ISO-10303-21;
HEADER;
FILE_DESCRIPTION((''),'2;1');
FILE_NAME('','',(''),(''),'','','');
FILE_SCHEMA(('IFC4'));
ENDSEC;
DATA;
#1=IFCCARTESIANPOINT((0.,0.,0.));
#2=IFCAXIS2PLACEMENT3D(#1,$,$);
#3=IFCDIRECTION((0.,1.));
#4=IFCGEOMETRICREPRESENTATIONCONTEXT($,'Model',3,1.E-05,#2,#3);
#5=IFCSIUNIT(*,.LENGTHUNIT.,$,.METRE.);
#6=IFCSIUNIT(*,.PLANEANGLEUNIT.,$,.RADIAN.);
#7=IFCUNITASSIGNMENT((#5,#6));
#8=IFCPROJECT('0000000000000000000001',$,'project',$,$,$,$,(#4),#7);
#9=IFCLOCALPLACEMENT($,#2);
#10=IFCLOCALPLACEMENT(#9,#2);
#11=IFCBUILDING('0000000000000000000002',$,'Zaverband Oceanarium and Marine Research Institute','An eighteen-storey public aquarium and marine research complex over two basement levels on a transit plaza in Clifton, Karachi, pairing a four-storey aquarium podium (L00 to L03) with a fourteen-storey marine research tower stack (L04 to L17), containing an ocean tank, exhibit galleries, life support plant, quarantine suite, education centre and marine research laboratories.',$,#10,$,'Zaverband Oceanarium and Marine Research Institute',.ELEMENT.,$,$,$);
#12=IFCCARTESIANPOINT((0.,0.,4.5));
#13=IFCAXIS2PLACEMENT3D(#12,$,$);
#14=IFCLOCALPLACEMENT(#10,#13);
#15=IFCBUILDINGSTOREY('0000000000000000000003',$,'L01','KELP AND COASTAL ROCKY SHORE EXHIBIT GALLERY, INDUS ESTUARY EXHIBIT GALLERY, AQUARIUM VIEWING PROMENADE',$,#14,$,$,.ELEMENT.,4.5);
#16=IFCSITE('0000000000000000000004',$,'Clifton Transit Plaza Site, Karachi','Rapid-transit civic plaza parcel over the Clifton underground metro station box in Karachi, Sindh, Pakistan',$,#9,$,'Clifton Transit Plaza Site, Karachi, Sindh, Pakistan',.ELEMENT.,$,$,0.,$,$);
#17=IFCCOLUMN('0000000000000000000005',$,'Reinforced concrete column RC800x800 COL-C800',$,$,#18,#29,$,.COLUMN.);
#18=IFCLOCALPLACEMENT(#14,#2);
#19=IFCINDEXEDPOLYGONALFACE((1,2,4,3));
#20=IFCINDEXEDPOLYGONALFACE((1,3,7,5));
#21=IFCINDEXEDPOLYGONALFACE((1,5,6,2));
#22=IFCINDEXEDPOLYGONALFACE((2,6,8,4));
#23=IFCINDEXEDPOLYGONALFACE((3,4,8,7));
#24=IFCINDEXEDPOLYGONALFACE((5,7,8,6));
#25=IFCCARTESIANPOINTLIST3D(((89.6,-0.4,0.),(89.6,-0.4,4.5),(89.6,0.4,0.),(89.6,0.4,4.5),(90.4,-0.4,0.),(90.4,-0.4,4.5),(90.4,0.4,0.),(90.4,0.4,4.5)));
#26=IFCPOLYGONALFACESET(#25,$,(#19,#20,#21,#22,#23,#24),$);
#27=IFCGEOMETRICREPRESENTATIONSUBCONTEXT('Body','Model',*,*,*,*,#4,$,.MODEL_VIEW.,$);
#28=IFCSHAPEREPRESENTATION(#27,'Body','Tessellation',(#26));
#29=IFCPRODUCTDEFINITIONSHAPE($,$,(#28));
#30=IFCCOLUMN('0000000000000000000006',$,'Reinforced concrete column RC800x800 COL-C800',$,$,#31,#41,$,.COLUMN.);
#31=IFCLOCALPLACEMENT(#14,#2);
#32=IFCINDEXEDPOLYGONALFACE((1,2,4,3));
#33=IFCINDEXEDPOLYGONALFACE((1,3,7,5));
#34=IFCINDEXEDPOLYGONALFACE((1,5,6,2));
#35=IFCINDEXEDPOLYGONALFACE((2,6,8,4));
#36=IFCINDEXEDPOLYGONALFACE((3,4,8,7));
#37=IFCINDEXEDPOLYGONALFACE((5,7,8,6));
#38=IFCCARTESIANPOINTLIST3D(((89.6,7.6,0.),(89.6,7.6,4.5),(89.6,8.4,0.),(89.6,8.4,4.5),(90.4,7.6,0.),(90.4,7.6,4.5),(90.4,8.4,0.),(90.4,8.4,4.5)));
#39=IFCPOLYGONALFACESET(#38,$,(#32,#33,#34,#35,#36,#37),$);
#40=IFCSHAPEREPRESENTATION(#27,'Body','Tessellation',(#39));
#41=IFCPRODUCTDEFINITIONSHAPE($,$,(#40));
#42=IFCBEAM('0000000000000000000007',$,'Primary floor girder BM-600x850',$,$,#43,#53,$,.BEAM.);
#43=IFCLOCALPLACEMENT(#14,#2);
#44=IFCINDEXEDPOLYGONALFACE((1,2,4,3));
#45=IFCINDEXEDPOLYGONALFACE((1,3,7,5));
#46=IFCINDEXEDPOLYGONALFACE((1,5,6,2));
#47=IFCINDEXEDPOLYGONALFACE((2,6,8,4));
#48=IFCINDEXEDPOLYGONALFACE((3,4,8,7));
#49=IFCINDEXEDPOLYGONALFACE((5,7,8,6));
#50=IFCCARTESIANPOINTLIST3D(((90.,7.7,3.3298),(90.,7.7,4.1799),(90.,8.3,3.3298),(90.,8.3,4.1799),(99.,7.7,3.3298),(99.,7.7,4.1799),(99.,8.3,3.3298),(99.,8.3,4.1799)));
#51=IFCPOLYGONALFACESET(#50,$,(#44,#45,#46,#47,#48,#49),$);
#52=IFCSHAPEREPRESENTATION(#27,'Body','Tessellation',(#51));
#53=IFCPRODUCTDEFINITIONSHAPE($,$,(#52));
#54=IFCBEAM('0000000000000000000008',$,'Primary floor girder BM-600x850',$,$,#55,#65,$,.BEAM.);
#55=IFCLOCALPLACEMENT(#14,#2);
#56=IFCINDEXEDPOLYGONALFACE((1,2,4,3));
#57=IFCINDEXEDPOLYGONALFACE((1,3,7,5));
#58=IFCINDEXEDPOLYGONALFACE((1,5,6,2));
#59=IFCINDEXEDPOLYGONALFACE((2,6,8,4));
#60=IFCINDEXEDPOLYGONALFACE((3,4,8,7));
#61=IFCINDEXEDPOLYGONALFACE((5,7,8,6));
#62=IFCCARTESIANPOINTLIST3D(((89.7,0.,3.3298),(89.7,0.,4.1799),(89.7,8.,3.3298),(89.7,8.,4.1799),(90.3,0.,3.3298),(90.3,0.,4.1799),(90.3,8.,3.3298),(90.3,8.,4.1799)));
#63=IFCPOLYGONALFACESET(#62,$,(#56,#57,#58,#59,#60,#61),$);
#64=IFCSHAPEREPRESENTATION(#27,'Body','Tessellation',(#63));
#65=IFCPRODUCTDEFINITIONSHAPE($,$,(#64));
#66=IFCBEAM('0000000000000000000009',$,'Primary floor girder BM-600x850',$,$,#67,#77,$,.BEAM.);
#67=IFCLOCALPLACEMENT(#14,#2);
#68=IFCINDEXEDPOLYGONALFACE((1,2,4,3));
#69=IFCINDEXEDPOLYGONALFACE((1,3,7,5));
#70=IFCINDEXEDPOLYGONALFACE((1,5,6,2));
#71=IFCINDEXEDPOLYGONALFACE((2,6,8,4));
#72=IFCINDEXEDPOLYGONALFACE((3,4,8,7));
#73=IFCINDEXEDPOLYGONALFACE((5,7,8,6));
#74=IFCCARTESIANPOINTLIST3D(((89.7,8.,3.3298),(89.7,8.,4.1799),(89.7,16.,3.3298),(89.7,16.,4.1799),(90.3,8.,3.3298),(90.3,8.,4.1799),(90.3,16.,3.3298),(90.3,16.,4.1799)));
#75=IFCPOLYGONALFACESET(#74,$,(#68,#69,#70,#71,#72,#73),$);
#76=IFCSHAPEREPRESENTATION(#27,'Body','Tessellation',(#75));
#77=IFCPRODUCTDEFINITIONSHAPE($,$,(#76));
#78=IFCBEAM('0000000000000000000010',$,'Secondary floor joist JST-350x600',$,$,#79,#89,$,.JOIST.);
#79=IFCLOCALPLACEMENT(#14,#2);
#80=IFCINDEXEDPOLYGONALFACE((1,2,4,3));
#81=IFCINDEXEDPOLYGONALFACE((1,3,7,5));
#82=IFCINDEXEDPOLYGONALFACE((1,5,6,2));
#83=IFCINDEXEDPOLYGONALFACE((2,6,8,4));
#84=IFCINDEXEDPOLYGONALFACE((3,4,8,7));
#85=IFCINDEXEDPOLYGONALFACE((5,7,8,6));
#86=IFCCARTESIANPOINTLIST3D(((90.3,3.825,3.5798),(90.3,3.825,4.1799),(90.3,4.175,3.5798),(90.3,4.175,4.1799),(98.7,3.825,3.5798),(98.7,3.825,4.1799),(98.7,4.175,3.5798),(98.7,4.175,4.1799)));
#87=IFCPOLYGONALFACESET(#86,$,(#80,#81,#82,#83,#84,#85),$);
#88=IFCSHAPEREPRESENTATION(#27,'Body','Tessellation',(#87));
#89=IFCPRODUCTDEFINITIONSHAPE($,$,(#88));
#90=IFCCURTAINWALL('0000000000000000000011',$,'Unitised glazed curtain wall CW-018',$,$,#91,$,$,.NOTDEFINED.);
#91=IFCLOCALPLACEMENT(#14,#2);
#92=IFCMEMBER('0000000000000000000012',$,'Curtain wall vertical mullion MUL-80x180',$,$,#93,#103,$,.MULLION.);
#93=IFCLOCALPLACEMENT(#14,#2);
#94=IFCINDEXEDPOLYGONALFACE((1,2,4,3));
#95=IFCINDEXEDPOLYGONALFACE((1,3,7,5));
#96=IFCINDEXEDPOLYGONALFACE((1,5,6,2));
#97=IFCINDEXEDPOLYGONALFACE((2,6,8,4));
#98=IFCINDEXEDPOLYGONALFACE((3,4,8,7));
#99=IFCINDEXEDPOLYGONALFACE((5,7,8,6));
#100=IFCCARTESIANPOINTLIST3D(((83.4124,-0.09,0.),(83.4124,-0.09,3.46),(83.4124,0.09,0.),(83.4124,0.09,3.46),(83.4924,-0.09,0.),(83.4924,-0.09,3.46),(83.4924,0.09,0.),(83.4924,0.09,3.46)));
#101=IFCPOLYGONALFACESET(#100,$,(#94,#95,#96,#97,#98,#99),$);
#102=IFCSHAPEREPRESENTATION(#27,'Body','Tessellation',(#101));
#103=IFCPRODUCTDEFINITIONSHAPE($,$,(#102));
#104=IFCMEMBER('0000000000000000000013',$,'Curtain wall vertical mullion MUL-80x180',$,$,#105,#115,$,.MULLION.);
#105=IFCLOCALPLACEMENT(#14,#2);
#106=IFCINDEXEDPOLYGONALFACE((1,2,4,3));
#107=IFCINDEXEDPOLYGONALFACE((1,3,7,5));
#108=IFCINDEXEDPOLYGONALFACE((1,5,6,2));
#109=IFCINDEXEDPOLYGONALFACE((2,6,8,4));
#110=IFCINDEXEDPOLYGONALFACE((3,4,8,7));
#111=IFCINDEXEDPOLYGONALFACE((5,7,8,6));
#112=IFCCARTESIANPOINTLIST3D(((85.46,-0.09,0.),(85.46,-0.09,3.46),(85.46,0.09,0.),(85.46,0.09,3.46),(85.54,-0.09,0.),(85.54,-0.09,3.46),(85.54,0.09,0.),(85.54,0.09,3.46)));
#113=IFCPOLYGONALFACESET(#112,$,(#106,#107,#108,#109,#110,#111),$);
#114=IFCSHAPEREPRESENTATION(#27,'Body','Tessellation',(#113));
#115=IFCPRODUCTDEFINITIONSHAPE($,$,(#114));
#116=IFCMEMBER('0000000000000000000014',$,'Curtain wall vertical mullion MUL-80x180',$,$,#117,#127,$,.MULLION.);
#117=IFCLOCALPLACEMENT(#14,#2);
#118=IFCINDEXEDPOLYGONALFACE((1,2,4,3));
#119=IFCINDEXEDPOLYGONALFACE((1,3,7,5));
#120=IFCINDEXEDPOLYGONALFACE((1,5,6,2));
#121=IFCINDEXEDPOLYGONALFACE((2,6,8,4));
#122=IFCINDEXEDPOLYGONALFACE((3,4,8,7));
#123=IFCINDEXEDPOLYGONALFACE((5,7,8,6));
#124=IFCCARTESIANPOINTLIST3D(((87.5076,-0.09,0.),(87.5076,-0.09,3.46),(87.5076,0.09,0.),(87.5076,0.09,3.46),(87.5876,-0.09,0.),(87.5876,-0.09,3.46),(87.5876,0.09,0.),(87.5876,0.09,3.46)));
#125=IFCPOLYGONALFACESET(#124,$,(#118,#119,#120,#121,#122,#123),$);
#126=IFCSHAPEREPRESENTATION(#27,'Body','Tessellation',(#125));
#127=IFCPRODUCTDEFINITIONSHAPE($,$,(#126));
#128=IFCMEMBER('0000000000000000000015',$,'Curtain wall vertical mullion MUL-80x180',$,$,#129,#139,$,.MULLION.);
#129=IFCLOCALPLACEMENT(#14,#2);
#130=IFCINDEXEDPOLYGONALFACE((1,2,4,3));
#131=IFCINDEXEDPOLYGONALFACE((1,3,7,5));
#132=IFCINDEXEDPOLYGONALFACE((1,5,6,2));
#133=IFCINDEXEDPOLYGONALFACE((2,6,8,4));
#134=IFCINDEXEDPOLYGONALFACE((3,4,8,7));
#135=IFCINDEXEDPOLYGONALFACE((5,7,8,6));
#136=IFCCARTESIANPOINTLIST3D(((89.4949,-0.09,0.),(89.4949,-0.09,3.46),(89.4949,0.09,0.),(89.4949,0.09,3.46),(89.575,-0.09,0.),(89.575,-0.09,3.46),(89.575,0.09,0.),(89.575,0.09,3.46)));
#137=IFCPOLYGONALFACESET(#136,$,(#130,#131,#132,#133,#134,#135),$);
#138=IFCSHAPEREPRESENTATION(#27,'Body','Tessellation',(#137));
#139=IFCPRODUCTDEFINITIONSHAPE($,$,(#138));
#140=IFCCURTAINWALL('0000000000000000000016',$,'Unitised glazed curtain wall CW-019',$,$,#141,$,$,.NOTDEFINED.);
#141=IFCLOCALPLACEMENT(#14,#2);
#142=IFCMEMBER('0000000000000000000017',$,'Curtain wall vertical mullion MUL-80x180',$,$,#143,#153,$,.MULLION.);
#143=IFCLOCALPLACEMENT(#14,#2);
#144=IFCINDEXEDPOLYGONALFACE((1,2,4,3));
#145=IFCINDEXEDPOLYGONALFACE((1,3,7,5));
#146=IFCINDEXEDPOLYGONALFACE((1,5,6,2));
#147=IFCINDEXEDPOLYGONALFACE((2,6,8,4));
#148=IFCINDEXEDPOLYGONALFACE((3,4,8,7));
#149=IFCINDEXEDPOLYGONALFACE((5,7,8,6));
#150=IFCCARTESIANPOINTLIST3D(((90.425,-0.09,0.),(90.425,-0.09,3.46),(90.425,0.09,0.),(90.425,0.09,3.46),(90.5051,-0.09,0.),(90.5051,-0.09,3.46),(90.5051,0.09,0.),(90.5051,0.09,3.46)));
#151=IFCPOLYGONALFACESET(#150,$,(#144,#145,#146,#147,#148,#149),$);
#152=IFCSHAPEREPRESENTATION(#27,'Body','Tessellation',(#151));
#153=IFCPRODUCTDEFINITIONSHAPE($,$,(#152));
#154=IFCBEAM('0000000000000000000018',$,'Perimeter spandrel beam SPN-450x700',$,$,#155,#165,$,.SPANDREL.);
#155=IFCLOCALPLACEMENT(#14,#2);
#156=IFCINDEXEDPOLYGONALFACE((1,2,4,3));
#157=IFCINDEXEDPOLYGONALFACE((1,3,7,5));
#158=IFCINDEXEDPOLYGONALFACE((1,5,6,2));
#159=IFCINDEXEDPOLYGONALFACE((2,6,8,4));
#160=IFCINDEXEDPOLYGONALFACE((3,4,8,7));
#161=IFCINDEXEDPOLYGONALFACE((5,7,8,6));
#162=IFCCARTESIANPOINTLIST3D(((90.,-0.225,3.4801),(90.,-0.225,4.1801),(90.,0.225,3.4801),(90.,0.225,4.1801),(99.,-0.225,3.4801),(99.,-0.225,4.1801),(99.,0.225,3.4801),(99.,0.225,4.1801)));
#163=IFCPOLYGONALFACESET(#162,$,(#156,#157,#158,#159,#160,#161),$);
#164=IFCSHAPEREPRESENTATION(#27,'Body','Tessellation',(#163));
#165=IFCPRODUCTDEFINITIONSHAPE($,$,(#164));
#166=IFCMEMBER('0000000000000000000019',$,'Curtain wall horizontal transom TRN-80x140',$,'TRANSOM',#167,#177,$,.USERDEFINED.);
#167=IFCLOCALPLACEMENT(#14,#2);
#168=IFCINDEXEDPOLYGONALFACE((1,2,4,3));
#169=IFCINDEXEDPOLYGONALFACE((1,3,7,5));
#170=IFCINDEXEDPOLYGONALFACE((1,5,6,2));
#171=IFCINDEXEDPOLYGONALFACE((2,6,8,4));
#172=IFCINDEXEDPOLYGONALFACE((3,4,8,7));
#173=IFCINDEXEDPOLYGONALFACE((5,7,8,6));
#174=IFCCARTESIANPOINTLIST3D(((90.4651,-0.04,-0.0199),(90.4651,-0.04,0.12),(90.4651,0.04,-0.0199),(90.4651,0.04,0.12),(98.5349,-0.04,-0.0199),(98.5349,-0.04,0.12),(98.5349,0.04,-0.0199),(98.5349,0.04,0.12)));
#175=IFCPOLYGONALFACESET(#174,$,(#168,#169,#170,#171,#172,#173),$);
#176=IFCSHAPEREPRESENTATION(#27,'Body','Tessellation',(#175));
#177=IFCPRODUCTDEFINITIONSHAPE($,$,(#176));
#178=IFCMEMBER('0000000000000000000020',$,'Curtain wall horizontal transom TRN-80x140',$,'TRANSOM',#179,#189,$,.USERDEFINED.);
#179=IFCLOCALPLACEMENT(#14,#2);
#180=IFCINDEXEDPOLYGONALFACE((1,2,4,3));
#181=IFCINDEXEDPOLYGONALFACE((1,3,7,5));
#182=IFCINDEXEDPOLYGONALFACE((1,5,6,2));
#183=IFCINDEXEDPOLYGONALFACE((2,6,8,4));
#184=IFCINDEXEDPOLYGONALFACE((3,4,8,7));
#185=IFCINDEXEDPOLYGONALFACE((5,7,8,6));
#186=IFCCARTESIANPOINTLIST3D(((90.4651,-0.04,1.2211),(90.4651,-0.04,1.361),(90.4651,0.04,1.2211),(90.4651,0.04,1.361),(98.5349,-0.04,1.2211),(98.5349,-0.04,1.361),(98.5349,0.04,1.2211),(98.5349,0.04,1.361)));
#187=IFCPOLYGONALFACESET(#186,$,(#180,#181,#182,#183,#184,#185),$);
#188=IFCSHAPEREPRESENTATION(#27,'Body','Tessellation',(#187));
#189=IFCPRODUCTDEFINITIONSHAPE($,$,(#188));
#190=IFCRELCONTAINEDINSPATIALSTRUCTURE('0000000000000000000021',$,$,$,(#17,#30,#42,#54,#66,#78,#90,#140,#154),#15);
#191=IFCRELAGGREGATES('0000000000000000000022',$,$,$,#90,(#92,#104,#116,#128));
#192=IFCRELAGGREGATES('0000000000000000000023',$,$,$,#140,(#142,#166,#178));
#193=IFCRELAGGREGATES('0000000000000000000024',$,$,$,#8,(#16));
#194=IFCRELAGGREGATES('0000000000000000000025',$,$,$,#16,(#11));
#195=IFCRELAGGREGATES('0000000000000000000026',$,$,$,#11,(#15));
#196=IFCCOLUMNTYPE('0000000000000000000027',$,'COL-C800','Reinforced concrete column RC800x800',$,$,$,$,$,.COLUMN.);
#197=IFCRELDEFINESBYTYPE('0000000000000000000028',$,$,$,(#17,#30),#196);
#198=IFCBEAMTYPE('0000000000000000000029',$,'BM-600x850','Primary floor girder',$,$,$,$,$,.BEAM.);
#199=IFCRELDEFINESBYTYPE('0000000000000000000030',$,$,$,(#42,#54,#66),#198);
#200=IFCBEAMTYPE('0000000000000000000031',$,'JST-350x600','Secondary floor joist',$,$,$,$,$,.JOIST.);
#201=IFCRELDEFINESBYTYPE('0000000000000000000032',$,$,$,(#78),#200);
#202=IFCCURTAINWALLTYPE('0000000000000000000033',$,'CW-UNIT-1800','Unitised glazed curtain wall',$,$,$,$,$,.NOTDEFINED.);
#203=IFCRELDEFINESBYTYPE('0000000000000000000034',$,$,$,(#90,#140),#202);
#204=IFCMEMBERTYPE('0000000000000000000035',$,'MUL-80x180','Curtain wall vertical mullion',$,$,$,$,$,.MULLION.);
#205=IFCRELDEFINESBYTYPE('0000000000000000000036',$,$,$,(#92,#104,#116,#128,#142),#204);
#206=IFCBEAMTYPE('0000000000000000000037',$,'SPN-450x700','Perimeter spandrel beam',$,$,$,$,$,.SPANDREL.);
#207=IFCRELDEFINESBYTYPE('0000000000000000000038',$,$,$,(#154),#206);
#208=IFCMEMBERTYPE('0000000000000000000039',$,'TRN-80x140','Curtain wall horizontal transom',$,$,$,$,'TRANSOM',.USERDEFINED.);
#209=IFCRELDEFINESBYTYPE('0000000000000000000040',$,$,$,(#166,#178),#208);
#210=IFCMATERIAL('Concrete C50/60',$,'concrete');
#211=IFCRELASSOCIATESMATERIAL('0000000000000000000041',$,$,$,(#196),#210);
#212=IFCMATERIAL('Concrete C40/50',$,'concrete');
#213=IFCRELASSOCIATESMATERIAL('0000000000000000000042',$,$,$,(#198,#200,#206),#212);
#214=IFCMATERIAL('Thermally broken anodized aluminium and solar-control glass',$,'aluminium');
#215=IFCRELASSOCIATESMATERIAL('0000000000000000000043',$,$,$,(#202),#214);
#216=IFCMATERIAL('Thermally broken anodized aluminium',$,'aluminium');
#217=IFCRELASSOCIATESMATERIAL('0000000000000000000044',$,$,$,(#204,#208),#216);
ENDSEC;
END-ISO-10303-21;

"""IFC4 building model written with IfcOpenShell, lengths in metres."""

from ifc_helpers import new_model, si_unit, direction, frame, origin, origin_2d, place, context, subcontext, project, spatial, rectangle, extrude, material, material_profile, profile_set, type_object, element, aggregate, save


model = new_model("IFC4")

# Units and contexts
model_context = context("Model", 3, precision=1e-05, world=origin(), true_north=direction((0.0, 1.0)))
body_context = subcontext(model_context, "Body", "Model", "MODEL_VIEW")
ifc_project = project(units=[si_unit("LENGTHUNIT", "METRE"), si_unit("PLANEANGLEUNIT", "RADIAN")], contexts=[model_context])

# Site, building, storey
site_placement = place(None, origin())
site = spatial("IfcSite", under=ifc_project, at=site_placement, Name="Clifton Transit Plaza Site, Karachi", Description="Rapid-transit civic plaza parcel over the Clifton underground metro station box in Karachi, Sindh, Pakistan", LongName="Clifton Transit Plaza Site, Karachi, Sindh, Pakistan", CompositionType="ELEMENT", RefElevation=0.0)
building_placement = place(site_placement, origin())
building = spatial("IfcBuilding", under=site, at=building_placement, Name="Zaverband Oceanarium and Marine Research Institute", Description="An eighteen-storey public aquarium and marine research complex over two basement levels on a transit plaza in Clifton, Karachi, pairing a four-storey aquarium podium (L00 to L03) with a fourteen-storey marine research tower stack (L04 to L17), containing an ocean tank, exhibit galleries, life support plant, quarantine suite, education centre and marine research laboratories.", LongName="Zaverband Oceanarium and Marine Research Institute", CompositionType="ELEMENT")
storey_placement = place(building_placement, frame((0.0, 0.0, 4.5)))
storey = spatial("IfcBuildingStorey", under=building, at=storey_placement, Name="L01", Description="KELP AND COASTAL ROCKY SHORE EXHIBIT GALLERY, INDUS ESTUARY EXHIBIT GALLERY, AQUARIUM VIEWING PROMENADE", CompositionType="ELEMENT", Elevation=4.5)

# Columns
ifc_material_1 = material(Name="Concrete C50/60", Category="concrete")
ifc_material_profile_1 = material_profile(ifc_material_1, rectangle(XDim=0.8, YDim=0.8, at=origin_2d()), Name="RC800x800")
ifc_profile_set_1 = profile_set([ifc_material_profile_1], Name="Concrete C50/60")
column_type = type_object("IfcColumnType", Name="COL-C800", Description="Reinforced concrete column RC800x800", PredefinedType="COLUMN", material=ifc_profile_set_1)
for number, where, z_axis, x_axis, name in (
    (1, (90.0, 0.0, 0.0), (0.0, 0.0, 1.0), (1.0, 0.0, 0.0), "Reinforced concrete column RC800x800 COL-C800"),
    (2, (90.0, 8.0, 0.0), (0.0, 0.0, 1.0), (1.0, 0.0, 0.0), "Reinforced concrete column RC800x800 COL-C800"),
):
    element("IfcColumn", number, at=place(storey_placement, frame(where, z_axis=z_axis, x_axis=x_axis)), inside=storey, type_object=column_type, Name=name, PredefinedType="COLUMN", context=body_context, shape_type="SweptSolid", body=[
        extrude(rectangle(XDim=0.8, YDim=0.8, at=origin_2d()), origin(), (0.0, 0.0, 1.0), 4.5),
    ])

# Beams
ifc_material_2 = material(Name="Concrete C40/50", Category="concrete")
ifc_material_profile_2 = material_profile(ifc_material_2, rectangle(XDim=0.6001, YDim=0.8501, at=origin_2d()), Name="RC600x850")
ifc_profile_set_2 = profile_set([ifc_material_profile_2], Name="Concrete C40/50")
beam_type_1 = type_object("IfcBeamType", Name="BM-600x850", Description="Primary floor girder", PredefinedType="BEAM", material=ifc_profile_set_2)
beam_1_placement = place(storey_placement, frame((90.0, 8.0, 3.7549), z_axis=(1.0, 0.0, 0.0), x_axis=(0.0, 1.0, 0.0)))
element("IfcBeam", 3, at=beam_1_placement, inside=storey, type_object=beam_type_1, Name="Primary floor girder BM-600x850", PredefinedType="BEAM", context=body_context, shape_type="SweptSolid", body=[
    extrude(rectangle(XDim=0.6001, YDim=0.8501, at=origin_2d()), origin(), (0.0, 0.0, 1.0), 9.0),
])
for number, where, z_axis, x_axis, name in (
    (4, (90.0, 0.0, 3.7549), (0.0, 1.0, 0.0), (-1.0, 0.0, 0.0), "Primary floor girder BM-600x850"),
    (5, (90.0, 8.0, 3.7549), (0.0, 1.0, 0.0), (-1.0, 0.0, 0.0), "Primary floor girder BM-600x850"),
):
    element("IfcBeam", number, at=place(storey_placement, frame(where, z_axis=z_axis, x_axis=x_axis)), inside=storey, type_object=beam_type_1, Name=name, PredefinedType="BEAM", context=body_context, shape_type="SweptSolid", body=[
        extrude(rectangle(XDim=0.6001, YDim=0.8501, at=origin_2d()), origin(), (0.0, 0.0, 1.0), 8.0),
    ])
ifc_material_profile_3 = material_profile(ifc_material_2, rectangle(XDim=0.3501, YDim=0.6001, at=origin_2d()), Name="RC350x600")
ifc_profile_set_3 = profile_set([ifc_material_profile_3], Name="Concrete C40/50")
beam_type_2 = type_object("IfcBeamType", Name="JST-350x600", Description="Secondary floor joist", PredefinedType="JOIST", material=ifc_profile_set_3)
beam_2_placement = place(storey_placement, frame((90.3, 4.0, 3.8799), z_axis=(1.0, 0.0, 0.0), x_axis=(0.0, 1.0, 0.0)))
element("IfcBeam", 6, at=beam_2_placement, inside=storey, type_object=beam_type_2, Name="Secondary floor joist JST-350x600", PredefinedType="JOIST", context=body_context, shape_type="SweptSolid", body=[
    extrude(rectangle(XDim=0.3501, YDim=0.6001, at=origin_2d()), origin(), (0.0, 0.0, 1.0), 8.3999),
])

# Curtain wall, members
ifc_material_3 = material(Name="Thermally broken anodized aluminium and solar-control glass", Category="aluminium")
curtain_wall_type = type_object("IfcCurtainWallType", Name="CW-UNIT-1800", Description="Unitised glazed curtain wall", PredefinedType="NOTDEFINED", material=ifc_material_3)
curtain_wall_1_placement = place(storey_placement, origin())
curtain_wall_1 = element("IfcCurtainWall", 7, at=curtain_wall_1_placement, inside=storey, type_object=curtain_wall_type, Name="Unitised glazed curtain wall CW-018", PredefinedType="NOTDEFINED")
ifc_material_4 = material(Name="Thermally broken anodized aluminium", Category="aluminium")
ifc_material_profile_4 = material_profile(ifc_material_4, rectangle(XDim=0.0801, YDim=0.1799, at=origin_2d()), Name="AL-MUL-80x180")
ifc_profile_set_4 = profile_set([ifc_material_profile_4], Name="Thermally broken anodized aluminium")
member_type_1 = type_object("IfcMemberType", Name="MUL-80x180", Description="Curtain wall vertical mullion", PredefinedType="MULLION", material=ifc_profile_set_4)
member_1_placement = place(storey_placement, frame((83.4524, 0.0, 0.0), z_axis=(0.0, 0.0, 1.0), x_axis=(1.0, 0.0, 0.0)))
member_1 = element("IfcMember", 8, at=member_1_placement, type_object=member_type_1, Name="Curtain wall vertical mullion MUL-80x180", PredefinedType="MULLION", context=body_context, shape_type="SweptSolid", body=[
    extrude(rectangle(XDim=0.0801, YDim=0.1799, at=origin_2d()), origin(), (0.0, 0.0, 1.0), 3.46),
])
member_2_placement = place(storey_placement, frame((85.5, 0.0, 0.0), z_axis=(0.0, 0.0, 1.0), x_axis=(1.0, 0.0, 0.0)))
member_2 = element("IfcMember", 9, at=member_2_placement, type_object=member_type_1, Name="Curtain wall vertical mullion MUL-80x180", PredefinedType="MULLION", context=body_context, shape_type="SweptSolid", body=[
    extrude(rectangle(XDim=0.0801, YDim=0.1799, at=origin_2d()), origin(), (0.0, 0.0, 1.0), 3.46),
])
member_3_placement = place(storey_placement, frame((87.5476, 0.0, 0.0), z_axis=(0.0, 0.0, 1.0), x_axis=(1.0, 0.0, 0.0)))
member_3 = element("IfcMember", 10, at=member_3_placement, type_object=member_type_1, Name="Curtain wall vertical mullion MUL-80x180", PredefinedType="MULLION", context=body_context, shape_type="SweptSolid", body=[
    extrude(rectangle(XDim=0.0801, YDim=0.1799, at=origin_2d()), origin(), (0.0, 0.0, 1.0), 3.46),
])
member_4_placement = place(storey_placement, frame((89.5349, 0.0, 0.0), z_axis=(0.0, 0.0, 1.0), x_axis=(1.0, 0.0, 0.0)))
member_4 = element("IfcMember", 11, at=member_4_placement, type_object=member_type_1, Name="Curtain wall vertical mullion MUL-80x180", PredefinedType="MULLION", context=body_context, shape_type="SweptSolid", body=[
    extrude(rectangle(XDim=0.0801, YDim=0.1799, at=origin_2d()), origin(), (0.0, 0.0, 1.0), 3.46),
])

# Curtain wall, member
curtain_wall_2_placement = place(storey_placement, origin())
curtain_wall_2 = element("IfcCurtainWall", 12, at=curtain_wall_2_placement, inside=storey, type_object=curtain_wall_type, Name="Unitised glazed curtain wall CW-019", PredefinedType="NOTDEFINED")
member_5_placement = place(storey_placement, frame((90.4651, 0.0, 0.0), z_axis=(0.0, 0.0, 1.0), x_axis=(1.0, 0.0, 0.0)))
member_5 = element("IfcMember", 13, at=member_5_placement, type_object=member_type_1, Name="Curtain wall vertical mullion MUL-80x180", PredefinedType="MULLION", context=body_context, shape_type="SweptSolid", body=[
    extrude(rectangle(XDim=0.0801, YDim=0.1799, at=origin_2d()), origin(), (0.0, 0.0, 1.0), 3.46),
])

# Beam
ifc_material_profile_5 = material_profile(ifc_material_2, rectangle(XDim=0.45, YDim=0.7, at=origin_2d()), Name="RC450x700")
ifc_profile_set_5 = profile_set([ifc_material_profile_5], Name="Concrete C40/50")
beam_type_3 = type_object("IfcBeamType", Name="SPN-450x700", Description="Perimeter spandrel beam", PredefinedType="SPANDREL", material=ifc_profile_set_5)
beam_3_placement = place(storey_placement, frame((90.0, 0.0, 3.8301), z_axis=(1.0, 0.0, 0.0), x_axis=(0.0, 1.0, 0.0)))
element("IfcBeam", 14, at=beam_3_placement, inside=storey, type_object=beam_type_3, Name="Perimeter spandrel beam SPN-450x700", PredefinedType="SPANDREL", context=body_context, shape_type="SweptSolid", body=[
    extrude(rectangle(XDim=0.45, YDim=0.7, at=origin_2d()), origin(), (0.0, 0.0, 1.0), 9.0),
])

# Members
ifc_material_profile_6 = material_profile(ifc_material_4, rectangle(XDim=0.0801, YDim=0.1399, at=origin_2d()), Name="AL-TRN-80x140")
ifc_profile_set_6 = profile_set([ifc_material_profile_6], Name="Thermally broken anodized aluminium")
member_type_2 = type_object("IfcMemberType", Name="TRN-80x140", Description="Curtain wall horizontal transom", ElementType="TRANSOM", PredefinedType="USERDEFINED", material=ifc_profile_set_6)
member_6_placement = place(storey_placement, frame((90.4651, 0.0, 0.05), z_axis=(1.0, 0.0, 0.0), x_axis=(0.0, 1.0, 0.0)))
member_6 = element("IfcMember", 15, at=member_6_placement, type_object=member_type_2, Name="Curtain wall horizontal transom TRN-80x140", ObjectType="TRANSOM", PredefinedType="USERDEFINED", context=body_context, shape_type="SweptSolid", body=[
    extrude(rectangle(XDim=0.0801, YDim=0.1399, at=origin_2d()), origin(), (0.0, 0.0, 1.0), 8.0698),
])
member_7_placement = place(storey_placement, frame((90.4651, 0.0, 1.291), z_axis=(1.0, 0.0, 0.0), x_axis=(0.0, 1.0, 0.0)))
member_7 = element("IfcMember", 16, at=member_7_placement, type_object=member_type_2, Name="Curtain wall horizontal transom TRN-80x140", ObjectType="TRANSOM", PredefinedType="USERDEFINED", context=body_context, shape_type="SweptSolid", body=[
    extrude(rectangle(XDim=0.0801, YDim=0.1399, at=origin_2d()), origin(), (0.0, 0.0, 1.0), 8.0698),
])

aggregate(curtain_wall_1, [member_1, member_2, member_3, member_4])
aggregate(curtain_wall_2, [member_5, member_6, member_7])

save(model, "model.ifc")
